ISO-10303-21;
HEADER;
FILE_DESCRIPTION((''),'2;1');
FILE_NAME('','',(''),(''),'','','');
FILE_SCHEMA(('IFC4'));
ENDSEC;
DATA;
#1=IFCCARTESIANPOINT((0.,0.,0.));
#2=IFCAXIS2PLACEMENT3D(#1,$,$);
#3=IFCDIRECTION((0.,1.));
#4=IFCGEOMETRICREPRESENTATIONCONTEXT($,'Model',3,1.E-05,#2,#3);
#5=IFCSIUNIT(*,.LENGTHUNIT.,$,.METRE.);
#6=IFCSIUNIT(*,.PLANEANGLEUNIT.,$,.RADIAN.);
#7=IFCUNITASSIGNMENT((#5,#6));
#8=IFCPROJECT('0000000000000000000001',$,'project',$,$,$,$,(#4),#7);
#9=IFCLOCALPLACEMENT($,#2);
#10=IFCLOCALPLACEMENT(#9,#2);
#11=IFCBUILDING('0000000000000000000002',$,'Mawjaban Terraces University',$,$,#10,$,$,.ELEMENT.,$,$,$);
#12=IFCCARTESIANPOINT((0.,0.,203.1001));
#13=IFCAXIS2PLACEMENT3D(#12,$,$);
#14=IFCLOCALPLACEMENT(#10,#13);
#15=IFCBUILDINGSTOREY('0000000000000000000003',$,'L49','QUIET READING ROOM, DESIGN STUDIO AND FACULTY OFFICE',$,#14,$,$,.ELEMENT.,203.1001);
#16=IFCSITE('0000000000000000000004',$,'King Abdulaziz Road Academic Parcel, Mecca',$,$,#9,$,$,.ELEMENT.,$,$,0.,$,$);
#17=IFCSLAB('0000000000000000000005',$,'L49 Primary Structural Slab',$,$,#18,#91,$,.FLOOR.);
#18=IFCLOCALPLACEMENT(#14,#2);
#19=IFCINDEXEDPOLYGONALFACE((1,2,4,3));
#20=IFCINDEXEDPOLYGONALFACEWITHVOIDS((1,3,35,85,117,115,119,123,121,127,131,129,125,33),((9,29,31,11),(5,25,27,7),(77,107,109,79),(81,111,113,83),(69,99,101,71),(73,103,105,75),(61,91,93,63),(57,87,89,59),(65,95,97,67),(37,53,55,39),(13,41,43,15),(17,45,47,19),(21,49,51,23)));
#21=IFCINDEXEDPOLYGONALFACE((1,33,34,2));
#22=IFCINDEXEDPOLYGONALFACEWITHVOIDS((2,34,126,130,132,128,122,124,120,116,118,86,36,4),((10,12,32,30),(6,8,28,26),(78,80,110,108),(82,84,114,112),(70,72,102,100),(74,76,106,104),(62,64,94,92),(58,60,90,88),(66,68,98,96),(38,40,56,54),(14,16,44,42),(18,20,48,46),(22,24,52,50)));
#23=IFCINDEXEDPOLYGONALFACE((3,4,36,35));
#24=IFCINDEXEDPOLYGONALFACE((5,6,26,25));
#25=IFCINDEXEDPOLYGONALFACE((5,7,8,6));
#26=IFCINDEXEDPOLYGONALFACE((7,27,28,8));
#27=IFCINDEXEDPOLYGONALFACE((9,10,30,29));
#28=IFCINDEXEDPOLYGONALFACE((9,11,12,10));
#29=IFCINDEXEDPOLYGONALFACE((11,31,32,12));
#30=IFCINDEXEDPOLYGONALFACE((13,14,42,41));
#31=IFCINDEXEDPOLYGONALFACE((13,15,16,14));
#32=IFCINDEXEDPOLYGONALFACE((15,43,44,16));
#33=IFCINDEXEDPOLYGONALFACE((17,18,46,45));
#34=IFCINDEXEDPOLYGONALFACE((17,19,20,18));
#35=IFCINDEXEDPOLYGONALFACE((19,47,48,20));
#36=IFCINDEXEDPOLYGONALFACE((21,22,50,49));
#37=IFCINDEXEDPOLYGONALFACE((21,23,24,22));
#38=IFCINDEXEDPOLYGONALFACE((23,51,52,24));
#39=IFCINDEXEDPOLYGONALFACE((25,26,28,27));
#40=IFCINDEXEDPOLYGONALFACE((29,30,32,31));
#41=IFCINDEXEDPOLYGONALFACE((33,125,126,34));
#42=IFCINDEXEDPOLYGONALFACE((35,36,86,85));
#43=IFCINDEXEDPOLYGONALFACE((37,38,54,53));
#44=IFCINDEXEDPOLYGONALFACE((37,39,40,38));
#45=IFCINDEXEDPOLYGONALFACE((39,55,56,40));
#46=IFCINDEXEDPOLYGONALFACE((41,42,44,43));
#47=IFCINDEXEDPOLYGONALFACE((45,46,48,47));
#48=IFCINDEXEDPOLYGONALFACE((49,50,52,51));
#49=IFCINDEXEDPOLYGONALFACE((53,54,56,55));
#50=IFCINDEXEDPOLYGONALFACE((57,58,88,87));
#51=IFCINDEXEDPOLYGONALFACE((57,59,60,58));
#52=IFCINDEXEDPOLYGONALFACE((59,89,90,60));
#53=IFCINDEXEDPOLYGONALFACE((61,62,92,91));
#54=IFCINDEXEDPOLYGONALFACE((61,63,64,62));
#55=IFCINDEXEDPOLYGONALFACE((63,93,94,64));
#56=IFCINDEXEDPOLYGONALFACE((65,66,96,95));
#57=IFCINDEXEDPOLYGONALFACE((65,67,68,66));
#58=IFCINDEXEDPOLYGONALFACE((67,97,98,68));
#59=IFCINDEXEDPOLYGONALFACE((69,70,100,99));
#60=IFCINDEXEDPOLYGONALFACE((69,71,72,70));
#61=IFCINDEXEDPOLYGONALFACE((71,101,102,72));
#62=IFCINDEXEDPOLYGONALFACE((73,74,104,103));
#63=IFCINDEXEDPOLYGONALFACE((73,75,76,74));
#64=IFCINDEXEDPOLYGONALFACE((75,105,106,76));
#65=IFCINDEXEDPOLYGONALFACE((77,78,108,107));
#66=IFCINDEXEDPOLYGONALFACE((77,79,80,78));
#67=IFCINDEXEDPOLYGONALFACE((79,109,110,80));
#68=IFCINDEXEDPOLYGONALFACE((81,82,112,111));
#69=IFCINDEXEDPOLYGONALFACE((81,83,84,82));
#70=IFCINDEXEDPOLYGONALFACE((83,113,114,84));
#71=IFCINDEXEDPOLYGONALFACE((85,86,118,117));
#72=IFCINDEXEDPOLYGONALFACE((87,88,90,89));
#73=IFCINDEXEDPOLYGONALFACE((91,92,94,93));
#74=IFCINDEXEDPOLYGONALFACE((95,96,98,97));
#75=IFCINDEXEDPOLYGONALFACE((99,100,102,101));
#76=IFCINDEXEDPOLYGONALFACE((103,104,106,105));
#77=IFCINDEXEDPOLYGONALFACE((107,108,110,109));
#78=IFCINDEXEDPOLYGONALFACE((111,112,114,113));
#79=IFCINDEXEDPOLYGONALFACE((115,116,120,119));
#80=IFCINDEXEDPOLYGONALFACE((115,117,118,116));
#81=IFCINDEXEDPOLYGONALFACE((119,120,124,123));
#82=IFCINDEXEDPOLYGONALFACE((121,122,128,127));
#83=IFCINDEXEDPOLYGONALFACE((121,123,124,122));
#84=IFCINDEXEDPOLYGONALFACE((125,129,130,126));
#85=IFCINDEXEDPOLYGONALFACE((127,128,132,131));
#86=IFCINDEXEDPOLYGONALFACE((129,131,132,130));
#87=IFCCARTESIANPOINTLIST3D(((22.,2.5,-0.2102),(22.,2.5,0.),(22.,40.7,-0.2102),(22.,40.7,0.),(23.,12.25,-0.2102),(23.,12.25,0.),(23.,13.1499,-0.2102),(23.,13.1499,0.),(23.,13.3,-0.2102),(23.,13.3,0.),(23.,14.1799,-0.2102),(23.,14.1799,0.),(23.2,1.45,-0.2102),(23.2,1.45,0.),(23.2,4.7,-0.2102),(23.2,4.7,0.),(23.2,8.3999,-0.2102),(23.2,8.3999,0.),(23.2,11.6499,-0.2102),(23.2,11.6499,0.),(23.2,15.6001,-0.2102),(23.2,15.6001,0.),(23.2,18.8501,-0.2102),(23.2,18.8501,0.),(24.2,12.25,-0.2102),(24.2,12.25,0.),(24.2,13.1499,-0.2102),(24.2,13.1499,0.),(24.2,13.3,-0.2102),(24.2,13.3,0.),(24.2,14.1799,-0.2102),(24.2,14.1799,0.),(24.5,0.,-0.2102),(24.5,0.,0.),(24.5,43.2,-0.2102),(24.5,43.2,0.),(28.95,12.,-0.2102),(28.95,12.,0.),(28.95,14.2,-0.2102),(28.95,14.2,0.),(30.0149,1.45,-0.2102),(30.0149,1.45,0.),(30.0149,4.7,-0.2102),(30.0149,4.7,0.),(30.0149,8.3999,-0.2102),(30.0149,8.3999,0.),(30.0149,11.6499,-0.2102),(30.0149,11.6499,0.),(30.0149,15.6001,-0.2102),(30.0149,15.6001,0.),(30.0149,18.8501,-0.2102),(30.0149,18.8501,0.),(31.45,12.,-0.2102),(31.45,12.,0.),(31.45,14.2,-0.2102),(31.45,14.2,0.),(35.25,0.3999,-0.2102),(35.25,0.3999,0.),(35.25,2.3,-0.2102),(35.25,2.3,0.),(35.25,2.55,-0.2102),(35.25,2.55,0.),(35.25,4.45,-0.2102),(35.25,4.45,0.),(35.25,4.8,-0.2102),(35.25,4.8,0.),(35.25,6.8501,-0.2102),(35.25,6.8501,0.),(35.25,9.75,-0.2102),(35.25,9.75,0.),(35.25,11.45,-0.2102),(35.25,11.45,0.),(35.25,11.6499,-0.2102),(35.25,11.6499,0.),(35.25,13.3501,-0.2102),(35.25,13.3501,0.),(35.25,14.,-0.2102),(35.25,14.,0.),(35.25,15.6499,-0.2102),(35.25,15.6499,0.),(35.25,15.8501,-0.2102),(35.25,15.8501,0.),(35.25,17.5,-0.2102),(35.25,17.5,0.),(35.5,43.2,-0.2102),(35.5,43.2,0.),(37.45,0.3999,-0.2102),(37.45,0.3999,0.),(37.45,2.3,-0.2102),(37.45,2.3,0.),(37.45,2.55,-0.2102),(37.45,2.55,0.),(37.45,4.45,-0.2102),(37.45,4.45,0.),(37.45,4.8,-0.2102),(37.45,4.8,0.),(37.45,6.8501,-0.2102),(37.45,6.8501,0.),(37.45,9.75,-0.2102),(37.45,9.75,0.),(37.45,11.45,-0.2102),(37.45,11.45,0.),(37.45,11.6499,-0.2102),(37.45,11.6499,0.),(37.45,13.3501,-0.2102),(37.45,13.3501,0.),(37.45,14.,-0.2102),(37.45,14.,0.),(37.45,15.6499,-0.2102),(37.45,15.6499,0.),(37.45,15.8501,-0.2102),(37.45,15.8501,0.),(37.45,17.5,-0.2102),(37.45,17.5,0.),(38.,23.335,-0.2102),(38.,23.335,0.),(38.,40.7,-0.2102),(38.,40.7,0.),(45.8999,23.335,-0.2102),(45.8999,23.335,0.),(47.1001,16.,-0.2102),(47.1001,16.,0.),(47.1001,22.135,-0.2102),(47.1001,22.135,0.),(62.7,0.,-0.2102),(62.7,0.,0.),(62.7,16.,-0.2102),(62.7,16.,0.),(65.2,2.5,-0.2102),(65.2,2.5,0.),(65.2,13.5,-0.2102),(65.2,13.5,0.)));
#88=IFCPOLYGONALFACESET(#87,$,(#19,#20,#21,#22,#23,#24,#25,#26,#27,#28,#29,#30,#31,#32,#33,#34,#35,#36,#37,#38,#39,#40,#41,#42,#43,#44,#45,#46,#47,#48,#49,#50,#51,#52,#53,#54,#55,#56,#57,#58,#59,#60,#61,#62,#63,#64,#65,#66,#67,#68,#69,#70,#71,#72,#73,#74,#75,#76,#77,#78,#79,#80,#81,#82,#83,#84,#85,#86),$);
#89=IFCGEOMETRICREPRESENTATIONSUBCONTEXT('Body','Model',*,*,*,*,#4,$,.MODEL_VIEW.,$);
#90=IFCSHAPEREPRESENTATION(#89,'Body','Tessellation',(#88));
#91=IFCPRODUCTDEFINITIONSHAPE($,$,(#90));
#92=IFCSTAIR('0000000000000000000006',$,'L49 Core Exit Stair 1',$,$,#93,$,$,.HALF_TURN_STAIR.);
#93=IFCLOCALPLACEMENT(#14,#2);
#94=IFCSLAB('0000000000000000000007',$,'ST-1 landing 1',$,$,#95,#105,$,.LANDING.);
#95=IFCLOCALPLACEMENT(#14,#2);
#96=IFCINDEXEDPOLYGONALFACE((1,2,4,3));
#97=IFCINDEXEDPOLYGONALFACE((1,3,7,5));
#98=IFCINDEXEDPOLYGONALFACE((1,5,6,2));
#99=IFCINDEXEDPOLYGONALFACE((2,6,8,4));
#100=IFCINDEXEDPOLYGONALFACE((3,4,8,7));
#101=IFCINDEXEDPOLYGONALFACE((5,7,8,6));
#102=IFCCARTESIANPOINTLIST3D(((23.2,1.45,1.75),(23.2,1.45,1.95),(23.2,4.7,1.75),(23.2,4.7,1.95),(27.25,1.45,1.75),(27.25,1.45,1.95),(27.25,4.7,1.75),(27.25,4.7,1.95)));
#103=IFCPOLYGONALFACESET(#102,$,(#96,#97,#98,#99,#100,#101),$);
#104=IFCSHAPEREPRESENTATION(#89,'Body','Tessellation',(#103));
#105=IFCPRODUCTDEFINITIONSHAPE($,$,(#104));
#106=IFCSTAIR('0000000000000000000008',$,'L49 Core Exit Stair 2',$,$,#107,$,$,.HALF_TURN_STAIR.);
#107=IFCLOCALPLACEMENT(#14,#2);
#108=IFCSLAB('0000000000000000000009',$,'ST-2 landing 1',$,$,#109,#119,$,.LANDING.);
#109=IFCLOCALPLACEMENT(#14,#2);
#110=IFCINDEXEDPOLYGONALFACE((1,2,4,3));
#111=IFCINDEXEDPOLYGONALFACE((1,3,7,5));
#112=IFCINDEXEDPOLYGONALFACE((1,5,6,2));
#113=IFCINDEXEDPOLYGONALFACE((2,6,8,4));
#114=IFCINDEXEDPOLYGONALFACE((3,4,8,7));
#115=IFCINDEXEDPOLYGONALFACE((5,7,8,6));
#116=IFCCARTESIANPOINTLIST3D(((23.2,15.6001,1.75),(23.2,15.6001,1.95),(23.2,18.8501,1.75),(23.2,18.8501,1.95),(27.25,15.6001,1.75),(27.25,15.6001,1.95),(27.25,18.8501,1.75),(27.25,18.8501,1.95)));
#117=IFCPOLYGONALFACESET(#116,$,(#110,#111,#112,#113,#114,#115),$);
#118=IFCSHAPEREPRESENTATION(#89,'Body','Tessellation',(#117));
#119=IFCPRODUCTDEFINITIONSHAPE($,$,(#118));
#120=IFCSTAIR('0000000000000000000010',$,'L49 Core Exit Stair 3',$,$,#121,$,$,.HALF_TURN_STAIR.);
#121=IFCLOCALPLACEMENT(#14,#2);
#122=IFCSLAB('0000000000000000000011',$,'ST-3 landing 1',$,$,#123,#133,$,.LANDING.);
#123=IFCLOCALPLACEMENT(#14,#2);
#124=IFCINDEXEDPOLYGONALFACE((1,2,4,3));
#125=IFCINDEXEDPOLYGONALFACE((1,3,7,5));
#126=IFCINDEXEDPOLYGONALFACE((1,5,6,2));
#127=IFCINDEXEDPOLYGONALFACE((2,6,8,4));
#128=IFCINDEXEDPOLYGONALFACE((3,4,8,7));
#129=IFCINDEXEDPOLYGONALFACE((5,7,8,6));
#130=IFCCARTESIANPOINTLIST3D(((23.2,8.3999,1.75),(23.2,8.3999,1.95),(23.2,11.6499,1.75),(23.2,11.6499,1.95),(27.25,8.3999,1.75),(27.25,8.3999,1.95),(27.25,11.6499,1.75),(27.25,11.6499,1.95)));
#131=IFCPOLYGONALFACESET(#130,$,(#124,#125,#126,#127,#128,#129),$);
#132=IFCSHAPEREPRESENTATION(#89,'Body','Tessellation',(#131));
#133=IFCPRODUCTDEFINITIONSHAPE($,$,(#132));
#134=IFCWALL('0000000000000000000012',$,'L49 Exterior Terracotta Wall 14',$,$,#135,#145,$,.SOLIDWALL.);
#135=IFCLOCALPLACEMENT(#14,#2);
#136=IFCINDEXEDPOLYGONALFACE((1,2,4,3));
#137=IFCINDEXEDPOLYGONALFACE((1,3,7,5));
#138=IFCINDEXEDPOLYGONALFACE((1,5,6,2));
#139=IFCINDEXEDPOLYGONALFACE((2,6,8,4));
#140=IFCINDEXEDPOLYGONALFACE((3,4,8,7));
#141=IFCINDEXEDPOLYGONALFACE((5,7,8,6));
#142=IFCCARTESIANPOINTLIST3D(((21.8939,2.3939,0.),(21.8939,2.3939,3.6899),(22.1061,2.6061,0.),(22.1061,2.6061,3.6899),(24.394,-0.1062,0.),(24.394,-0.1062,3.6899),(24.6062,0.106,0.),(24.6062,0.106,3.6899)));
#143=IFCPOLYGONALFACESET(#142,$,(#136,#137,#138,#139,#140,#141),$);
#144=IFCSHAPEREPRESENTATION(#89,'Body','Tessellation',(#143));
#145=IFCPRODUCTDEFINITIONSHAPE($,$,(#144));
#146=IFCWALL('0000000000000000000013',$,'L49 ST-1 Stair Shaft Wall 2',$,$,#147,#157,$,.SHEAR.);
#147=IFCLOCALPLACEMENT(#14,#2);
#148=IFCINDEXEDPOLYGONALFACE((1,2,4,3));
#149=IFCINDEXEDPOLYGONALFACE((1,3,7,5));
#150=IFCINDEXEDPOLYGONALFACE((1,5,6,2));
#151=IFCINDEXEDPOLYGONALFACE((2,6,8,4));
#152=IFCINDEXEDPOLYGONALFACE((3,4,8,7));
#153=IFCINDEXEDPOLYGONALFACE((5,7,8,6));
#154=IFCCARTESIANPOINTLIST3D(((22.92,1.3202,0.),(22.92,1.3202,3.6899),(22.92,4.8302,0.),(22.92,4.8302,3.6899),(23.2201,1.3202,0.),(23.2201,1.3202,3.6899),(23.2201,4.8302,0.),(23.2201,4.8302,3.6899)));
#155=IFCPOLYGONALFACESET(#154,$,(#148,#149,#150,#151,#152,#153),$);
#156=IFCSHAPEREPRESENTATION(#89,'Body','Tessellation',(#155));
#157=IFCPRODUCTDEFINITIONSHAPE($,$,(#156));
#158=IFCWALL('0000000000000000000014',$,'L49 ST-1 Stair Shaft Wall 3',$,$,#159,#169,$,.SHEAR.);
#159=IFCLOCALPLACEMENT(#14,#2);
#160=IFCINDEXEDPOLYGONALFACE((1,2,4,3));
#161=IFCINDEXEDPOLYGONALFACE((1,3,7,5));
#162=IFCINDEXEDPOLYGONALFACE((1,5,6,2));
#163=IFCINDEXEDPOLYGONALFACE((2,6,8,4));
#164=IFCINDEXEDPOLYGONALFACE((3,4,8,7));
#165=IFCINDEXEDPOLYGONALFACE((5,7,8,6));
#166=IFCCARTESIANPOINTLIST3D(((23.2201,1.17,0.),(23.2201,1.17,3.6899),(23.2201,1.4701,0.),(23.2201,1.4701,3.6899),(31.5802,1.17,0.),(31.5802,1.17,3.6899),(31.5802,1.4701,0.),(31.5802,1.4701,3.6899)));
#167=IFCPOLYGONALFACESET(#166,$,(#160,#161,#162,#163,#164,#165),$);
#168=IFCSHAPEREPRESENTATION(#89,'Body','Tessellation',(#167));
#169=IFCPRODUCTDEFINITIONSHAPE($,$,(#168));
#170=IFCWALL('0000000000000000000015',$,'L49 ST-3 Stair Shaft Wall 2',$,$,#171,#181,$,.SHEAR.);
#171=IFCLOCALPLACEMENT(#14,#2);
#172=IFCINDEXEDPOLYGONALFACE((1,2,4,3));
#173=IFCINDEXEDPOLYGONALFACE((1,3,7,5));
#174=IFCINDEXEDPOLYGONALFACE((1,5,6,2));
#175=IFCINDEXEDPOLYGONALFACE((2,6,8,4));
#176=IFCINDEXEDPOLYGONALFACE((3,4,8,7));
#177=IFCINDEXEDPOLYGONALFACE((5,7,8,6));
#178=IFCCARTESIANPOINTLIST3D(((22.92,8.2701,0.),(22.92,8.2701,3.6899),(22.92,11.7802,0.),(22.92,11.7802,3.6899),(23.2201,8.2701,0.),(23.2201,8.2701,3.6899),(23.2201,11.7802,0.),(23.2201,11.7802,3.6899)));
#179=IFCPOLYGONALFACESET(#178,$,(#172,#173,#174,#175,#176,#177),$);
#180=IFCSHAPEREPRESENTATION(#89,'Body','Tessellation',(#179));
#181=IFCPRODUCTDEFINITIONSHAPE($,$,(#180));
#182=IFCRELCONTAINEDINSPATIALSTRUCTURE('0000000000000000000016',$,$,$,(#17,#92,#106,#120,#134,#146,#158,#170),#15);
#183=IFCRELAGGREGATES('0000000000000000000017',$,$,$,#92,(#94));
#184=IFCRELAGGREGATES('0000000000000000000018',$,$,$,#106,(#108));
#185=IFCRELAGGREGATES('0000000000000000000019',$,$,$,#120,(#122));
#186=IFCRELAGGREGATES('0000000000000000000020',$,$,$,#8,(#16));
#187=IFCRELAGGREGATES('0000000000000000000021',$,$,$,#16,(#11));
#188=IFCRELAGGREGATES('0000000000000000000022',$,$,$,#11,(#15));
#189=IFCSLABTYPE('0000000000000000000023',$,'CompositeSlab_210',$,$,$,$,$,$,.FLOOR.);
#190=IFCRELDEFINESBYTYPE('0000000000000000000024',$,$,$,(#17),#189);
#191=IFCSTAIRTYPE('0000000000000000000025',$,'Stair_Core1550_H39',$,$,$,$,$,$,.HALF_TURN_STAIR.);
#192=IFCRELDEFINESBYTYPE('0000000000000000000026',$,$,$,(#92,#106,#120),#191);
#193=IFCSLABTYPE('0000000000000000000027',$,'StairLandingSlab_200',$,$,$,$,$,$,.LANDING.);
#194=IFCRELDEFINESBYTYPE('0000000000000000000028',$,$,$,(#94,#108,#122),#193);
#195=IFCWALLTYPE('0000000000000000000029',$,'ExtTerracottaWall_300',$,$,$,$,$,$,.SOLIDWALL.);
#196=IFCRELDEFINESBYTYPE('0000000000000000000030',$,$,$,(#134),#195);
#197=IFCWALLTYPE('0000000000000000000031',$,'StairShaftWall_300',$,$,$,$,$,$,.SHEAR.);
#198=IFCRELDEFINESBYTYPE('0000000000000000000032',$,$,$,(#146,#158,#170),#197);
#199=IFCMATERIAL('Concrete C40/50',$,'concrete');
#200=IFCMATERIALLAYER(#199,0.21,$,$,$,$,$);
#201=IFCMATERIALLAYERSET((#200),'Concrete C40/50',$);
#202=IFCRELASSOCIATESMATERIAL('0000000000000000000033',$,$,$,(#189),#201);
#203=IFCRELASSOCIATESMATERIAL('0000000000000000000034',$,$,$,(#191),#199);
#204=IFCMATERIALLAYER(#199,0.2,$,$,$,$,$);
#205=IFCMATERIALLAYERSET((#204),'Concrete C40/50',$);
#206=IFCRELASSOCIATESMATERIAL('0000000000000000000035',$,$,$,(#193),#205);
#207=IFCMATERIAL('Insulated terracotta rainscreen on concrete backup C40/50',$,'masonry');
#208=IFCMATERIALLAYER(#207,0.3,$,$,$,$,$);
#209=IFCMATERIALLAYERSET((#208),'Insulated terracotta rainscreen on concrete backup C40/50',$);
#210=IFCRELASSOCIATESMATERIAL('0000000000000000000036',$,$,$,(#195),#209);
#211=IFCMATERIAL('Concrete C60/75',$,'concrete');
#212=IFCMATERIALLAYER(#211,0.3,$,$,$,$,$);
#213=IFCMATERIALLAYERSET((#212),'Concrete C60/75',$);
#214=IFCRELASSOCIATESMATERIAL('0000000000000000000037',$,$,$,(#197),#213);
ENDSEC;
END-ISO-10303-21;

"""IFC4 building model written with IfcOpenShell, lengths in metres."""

from ifc_helpers import new_model, si_unit, direction, frame, frame_2d, origin, place, context, subcontext, project, spatial, polyline, rectangle, outline, extrude, material, layer, layer_set, type_object, element, aggregate, save


model = new_model("IFC4")

# Units and contexts
model_context = context("Model", 3, precision=1e-05, world=origin(), true_north=direction((0.0, 1.0)))
body_context = subcontext(model_context, "Body", "Model", "MODEL_VIEW")
ifc_project = project(units=[si_unit("LENGTHUNIT", "METRE"), si_unit("PLANEANGLEUNIT", "RADIAN")], contexts=[model_context])

# Site, building, storey
site_placement = place(None, origin())
site = spatial("IfcSite", under=ifc_project, at=site_placement, Name="King Abdulaziz Road Academic Parcel, Mecca", CompositionType="ELEMENT", RefElevation=0.0)
building_placement = place(site_placement, origin())
building = spatial("IfcBuilding", under=site, at=building_placement, Name="Mawjaban Terraces University", CompositionType="ELEMENT")
storey_placement = place(building_placement, frame((0.0, 0.0, 203.1001)))
storey = spatial("IfcBuildingStorey", under=building, at=storey_placement, Name="L49", Description="QUIET READING ROOM, DESIGN STUDIO AND FACULTY OFFICE", CompositionType="ELEMENT", Elevation=203.1001)

# Shared definitions
ifc_material_1 = material(Name="Concrete C60/75", Category="concrete")

# Slab
ifc_material_2 = material(Name="Concrete C40/50", Category="concrete")
ifc_layer_1 = layer(ifc_material_2, 0.21)
ifc_layer_set_1 = layer_set([ifc_layer_1], Name="Concrete C40/50")
slab_type_1 = type_object("IfcSlabType", Name="CompositeSlab_210", PredefinedType="FLOOR", material=ifc_layer_set_1)
slab_1_placement = place(storey_placement, frame((0.0, 0.0, -0.2102)))
element("IfcSlab", 1, at=slab_1_placement, inside=storey, type_object=slab_type_1, Name="L49 Primary Structural Slab", PredefinedType="FLOOR", context=body_context, shape_type="SweptSolid", body=[
    extrude(outline(polyline([(24.5, 0.0), (62.7, 0.0), (65.2, 2.5), (65.2, 13.5), (62.7, 16.0), (47.1001, 16.0), (47.1001, 22.135), (45.8999, 23.335), (38.0, 23.335), (38.0, 40.7), (35.5, 43.2), (24.5, 43.2), (22.0, 40.7), (22.0, 2.5), (24.5, 0.0)]), holes=[polyline([(30.0149, 4.7), (23.2, 4.7), (23.2, 1.45), (30.0149, 1.45), (30.0149, 4.7)]), polyline([(30.0149, 18.8501), (23.2, 18.8501), (23.2, 15.6001), (30.0149, 15.6001), (30.0149, 18.8501)]), polyline([(30.0149, 11.6499), (23.2, 11.6499), (23.2, 8.3999), (30.0149, 8.3999), (30.0149, 11.6499)]), polyline([(35.25, 0.3999), (37.45, 0.3999), (37.45, 2.3), (35.25, 2.3), (35.25, 0.3999)]), polyline([(35.25, 2.55), (37.45, 2.55), (37.45, 4.45), (35.25, 4.45), (35.25, 2.55)]), polyline([(35.25, 4.8), (37.45, 4.8), (37.45, 6.8501), (35.25, 6.8501), (35.25, 4.8)]), polyline([(35.25, 9.75), (37.45, 9.75), (37.45, 11.45), (35.25, 11.45), (35.25, 9.75)]), polyline([(35.25, 11.6499), (37.45, 11.6499), (37.45, 13.3501), (35.25, 13.3501), (35.25, 11.6499)]), polyline([(28.95, 12.0), (31.45, 12.0), (31.45, 14.2), (28.95, 14.2), (28.95, 12.0)]), polyline([(35.25, 14.0), (37.45, 14.0), (37.45, 15.6499), (35.25, 15.6499), (35.25, 14.0)]), polyline([(35.25, 15.8501), (37.45, 15.8501), (37.45, 17.5), (35.25, 17.5), (35.25, 15.8501)]), polyline([(23.0, 12.25), (24.2, 12.25), (24.2, 13.1499), (23.0, 13.1499), (23.0, 12.25)]), polyline([(23.0, 13.3), (24.2, 13.3), (24.2, 14.1799), (23.0, 14.1799), (23.0, 13.3)])]), origin(), (0.0, 0.0, 1.0), 0.2102),
])

# Stairs, slabs
stair_type = type_object("IfcStairType", Name="Stair_Core1550_H39", PredefinedType="HALF_TURN_STAIR", material=ifc_material_2)
stair_1_placement = place(storey_placement, origin())
stair_1 = element("IfcStair", 2, at=stair_1_placement, inside=storey, type_object=stair_type, Name="L49 Core Exit Stair 1", PredefinedType="HALF_TURN_STAIR")
ifc_layer_2 = layer(ifc_material_2, 0.2)
ifc_layer_set_2 = layer_set([ifc_layer_2], Name="Concrete C40/50")
slab_type_2 = type_object("IfcSlabType", Name="StairLandingSlab_200", PredefinedType="LANDING", material=ifc_layer_set_2)
slab_2_placement = place(storey_placement, frame((0.0, 0.0, 1.75)))
slab_2 = element("IfcSlab", 3, at=slab_2_placement, type_object=slab_type_2, Name="ST-1 landing 1", PredefinedType="LANDING", context=body_context, shape_type="SweptSolid", body=[
    extrude(outline(polyline([(27.25, 4.7), (23.2, 4.7), (23.2, 1.45), (27.25, 1.45), (27.25, 4.7)])), origin(), (0.0, 0.0, 1.0), 0.2),
])
aggregate(stair_1, [slab_2])
stair_2_placement = place(storey_placement, origin())
stair_2 = element("IfcStair", 4, at=stair_2_placement, inside=storey, type_object=stair_type, Name="L49 Core Exit Stair 2", PredefinedType="HALF_TURN_STAIR")
slab_3_placement = place(storey_placement, frame((0.0, 0.0, 1.75)))
slab_3 = element("IfcSlab", 5, at=slab_3_placement, type_object=slab_type_2, Name="ST-2 landing 1", PredefinedType="LANDING", context=body_context, shape_type="SweptSolid", body=[
    extrude(outline(polyline([(27.25, 18.8501), (23.2, 18.8501), (23.2, 15.6001), (27.25, 15.6001), (27.25, 18.8501)])), origin(), (0.0, 0.0, 1.0), 0.2),
])
aggregate(stair_2, [slab_3])
stair_3_placement = place(storey_placement, origin())
stair_3 = element("IfcStair", 6, at=stair_3_placement, inside=storey, type_object=stair_type, Name="L49 Core Exit Stair 3", PredefinedType="HALF_TURN_STAIR")
slab_4_placement = place(storey_placement, frame((0.0, 0.0, 1.75)))
slab_4 = element("IfcSlab", 7, at=slab_4_placement, type_object=slab_type_2, Name="ST-3 landing 1", PredefinedType="LANDING", context=body_context, shape_type="SweptSolid", body=[
    extrude(outline(polyline([(27.25, 11.6499), (23.2, 11.6499), (23.2, 8.3999), (27.25, 8.3999), (27.25, 11.6499)])), origin(), (0.0, 0.0, 1.0), 0.2),
])
aggregate(stair_3, [slab_4])

# Walls
ifc_material_3 = material(Name="Insulated terracotta rainscreen on concrete backup C40/50", Category="masonry")
ifc_layer_3 = layer(ifc_material_3, 0.3)
ifc_layer_set_3 = layer_set([ifc_layer_3], Name="Insulated terracotta rainscreen on concrete backup C40/50")
wall_type_1 = type_object("IfcWallType", Name="ExtTerracottaWall_300", PredefinedType="SOLIDWALL", material=ifc_layer_set_3)
wall_1_placement = place(storey_placement, frame((22.0, 2.5, 0.0), z_axis=(0.0, 0.0, 1.0), x_axis=(0.707107, -0.707107, 0.0)))
element("IfcWall", 8, at=wall_1_placement, inside=storey, type_object=wall_type_1, Name="L49 Exterior Terracotta Wall 14", PredefinedType="SOLIDWALL", context=body_context, shape_type="SweptSolid", body=[
    extrude(rectangle(XDim=3.5356, YDim=0.3, at=frame_2d((1.7678, 0.0))), origin(), (0.0, 0.0, 1.0), 3.6899),
])
ifc_layer_4 = layer(ifc_material_1, 0.3)
ifc_layer_set_4 = layer_set([ifc_layer_4], Name="Concrete C60/75")
wall_type_2 = type_object("IfcWallType", Name="StairShaftWall_300", PredefinedType="SHEAR", material=ifc_layer_set_4)
wall_2_placement = place(storey_placement, frame((23.0701, 4.8301, 0.0), z_axis=(0.0, 0.0, 1.0), x_axis=(0.0, -1.0, 0.0)))
element("IfcWall", 9, at=wall_2_placement, inside=storey, type_object=wall_type_2, Name="L49 ST-1 Stair Shaft Wall 2", PredefinedType="SHEAR", context=body_context, shape_type="SweptSolid", body=[
    extrude(rectangle(XDim=3.51, YDim=0.3, at=frame_2d((1.7549, 0.0))), origin(), (0.0, 0.0, 1.0), 3.6899),
])
wall_3_placement = place(storey_placement, frame((23.22, 1.3201, 0.0), z_axis=(0.0, 0.0, 1.0), x_axis=(1.0, 0.0, 0.0)))
element("IfcWall", 10, at=wall_3_placement, inside=storey, type_object=wall_type_2, Name="L49 ST-1 Stair Shaft Wall 3", PredefinedType="SHEAR", context=body_context, shape_type="SweptSolid", body=[
    extrude(rectangle(XDim=8.3601, YDim=0.3, at=frame_2d((4.1802, 0.0))), origin(), (0.0, 0.0, 1.0), 3.6899),
])
wall_4_placement = place(storey_placement, frame((23.0701, 11.78, 0.0), z_axis=(0.0, 0.0, 1.0), x_axis=(0.0, -1.0, 0.0)))
element("IfcWall", 11, at=wall_4_placement, inside=storey, type_object=wall_type_2, Name="L49 ST-3 Stair Shaft Wall 2", PredefinedType="SHEAR", context=body_context, shape_type="SweptSolid", body=[
    extrude(rectangle(XDim=3.51, YDim=0.3, at=frame_2d((1.7549, 0.0))), origin(), (0.0, 0.0, 1.0), 3.6899),
])

save(model, "model.ifc")
